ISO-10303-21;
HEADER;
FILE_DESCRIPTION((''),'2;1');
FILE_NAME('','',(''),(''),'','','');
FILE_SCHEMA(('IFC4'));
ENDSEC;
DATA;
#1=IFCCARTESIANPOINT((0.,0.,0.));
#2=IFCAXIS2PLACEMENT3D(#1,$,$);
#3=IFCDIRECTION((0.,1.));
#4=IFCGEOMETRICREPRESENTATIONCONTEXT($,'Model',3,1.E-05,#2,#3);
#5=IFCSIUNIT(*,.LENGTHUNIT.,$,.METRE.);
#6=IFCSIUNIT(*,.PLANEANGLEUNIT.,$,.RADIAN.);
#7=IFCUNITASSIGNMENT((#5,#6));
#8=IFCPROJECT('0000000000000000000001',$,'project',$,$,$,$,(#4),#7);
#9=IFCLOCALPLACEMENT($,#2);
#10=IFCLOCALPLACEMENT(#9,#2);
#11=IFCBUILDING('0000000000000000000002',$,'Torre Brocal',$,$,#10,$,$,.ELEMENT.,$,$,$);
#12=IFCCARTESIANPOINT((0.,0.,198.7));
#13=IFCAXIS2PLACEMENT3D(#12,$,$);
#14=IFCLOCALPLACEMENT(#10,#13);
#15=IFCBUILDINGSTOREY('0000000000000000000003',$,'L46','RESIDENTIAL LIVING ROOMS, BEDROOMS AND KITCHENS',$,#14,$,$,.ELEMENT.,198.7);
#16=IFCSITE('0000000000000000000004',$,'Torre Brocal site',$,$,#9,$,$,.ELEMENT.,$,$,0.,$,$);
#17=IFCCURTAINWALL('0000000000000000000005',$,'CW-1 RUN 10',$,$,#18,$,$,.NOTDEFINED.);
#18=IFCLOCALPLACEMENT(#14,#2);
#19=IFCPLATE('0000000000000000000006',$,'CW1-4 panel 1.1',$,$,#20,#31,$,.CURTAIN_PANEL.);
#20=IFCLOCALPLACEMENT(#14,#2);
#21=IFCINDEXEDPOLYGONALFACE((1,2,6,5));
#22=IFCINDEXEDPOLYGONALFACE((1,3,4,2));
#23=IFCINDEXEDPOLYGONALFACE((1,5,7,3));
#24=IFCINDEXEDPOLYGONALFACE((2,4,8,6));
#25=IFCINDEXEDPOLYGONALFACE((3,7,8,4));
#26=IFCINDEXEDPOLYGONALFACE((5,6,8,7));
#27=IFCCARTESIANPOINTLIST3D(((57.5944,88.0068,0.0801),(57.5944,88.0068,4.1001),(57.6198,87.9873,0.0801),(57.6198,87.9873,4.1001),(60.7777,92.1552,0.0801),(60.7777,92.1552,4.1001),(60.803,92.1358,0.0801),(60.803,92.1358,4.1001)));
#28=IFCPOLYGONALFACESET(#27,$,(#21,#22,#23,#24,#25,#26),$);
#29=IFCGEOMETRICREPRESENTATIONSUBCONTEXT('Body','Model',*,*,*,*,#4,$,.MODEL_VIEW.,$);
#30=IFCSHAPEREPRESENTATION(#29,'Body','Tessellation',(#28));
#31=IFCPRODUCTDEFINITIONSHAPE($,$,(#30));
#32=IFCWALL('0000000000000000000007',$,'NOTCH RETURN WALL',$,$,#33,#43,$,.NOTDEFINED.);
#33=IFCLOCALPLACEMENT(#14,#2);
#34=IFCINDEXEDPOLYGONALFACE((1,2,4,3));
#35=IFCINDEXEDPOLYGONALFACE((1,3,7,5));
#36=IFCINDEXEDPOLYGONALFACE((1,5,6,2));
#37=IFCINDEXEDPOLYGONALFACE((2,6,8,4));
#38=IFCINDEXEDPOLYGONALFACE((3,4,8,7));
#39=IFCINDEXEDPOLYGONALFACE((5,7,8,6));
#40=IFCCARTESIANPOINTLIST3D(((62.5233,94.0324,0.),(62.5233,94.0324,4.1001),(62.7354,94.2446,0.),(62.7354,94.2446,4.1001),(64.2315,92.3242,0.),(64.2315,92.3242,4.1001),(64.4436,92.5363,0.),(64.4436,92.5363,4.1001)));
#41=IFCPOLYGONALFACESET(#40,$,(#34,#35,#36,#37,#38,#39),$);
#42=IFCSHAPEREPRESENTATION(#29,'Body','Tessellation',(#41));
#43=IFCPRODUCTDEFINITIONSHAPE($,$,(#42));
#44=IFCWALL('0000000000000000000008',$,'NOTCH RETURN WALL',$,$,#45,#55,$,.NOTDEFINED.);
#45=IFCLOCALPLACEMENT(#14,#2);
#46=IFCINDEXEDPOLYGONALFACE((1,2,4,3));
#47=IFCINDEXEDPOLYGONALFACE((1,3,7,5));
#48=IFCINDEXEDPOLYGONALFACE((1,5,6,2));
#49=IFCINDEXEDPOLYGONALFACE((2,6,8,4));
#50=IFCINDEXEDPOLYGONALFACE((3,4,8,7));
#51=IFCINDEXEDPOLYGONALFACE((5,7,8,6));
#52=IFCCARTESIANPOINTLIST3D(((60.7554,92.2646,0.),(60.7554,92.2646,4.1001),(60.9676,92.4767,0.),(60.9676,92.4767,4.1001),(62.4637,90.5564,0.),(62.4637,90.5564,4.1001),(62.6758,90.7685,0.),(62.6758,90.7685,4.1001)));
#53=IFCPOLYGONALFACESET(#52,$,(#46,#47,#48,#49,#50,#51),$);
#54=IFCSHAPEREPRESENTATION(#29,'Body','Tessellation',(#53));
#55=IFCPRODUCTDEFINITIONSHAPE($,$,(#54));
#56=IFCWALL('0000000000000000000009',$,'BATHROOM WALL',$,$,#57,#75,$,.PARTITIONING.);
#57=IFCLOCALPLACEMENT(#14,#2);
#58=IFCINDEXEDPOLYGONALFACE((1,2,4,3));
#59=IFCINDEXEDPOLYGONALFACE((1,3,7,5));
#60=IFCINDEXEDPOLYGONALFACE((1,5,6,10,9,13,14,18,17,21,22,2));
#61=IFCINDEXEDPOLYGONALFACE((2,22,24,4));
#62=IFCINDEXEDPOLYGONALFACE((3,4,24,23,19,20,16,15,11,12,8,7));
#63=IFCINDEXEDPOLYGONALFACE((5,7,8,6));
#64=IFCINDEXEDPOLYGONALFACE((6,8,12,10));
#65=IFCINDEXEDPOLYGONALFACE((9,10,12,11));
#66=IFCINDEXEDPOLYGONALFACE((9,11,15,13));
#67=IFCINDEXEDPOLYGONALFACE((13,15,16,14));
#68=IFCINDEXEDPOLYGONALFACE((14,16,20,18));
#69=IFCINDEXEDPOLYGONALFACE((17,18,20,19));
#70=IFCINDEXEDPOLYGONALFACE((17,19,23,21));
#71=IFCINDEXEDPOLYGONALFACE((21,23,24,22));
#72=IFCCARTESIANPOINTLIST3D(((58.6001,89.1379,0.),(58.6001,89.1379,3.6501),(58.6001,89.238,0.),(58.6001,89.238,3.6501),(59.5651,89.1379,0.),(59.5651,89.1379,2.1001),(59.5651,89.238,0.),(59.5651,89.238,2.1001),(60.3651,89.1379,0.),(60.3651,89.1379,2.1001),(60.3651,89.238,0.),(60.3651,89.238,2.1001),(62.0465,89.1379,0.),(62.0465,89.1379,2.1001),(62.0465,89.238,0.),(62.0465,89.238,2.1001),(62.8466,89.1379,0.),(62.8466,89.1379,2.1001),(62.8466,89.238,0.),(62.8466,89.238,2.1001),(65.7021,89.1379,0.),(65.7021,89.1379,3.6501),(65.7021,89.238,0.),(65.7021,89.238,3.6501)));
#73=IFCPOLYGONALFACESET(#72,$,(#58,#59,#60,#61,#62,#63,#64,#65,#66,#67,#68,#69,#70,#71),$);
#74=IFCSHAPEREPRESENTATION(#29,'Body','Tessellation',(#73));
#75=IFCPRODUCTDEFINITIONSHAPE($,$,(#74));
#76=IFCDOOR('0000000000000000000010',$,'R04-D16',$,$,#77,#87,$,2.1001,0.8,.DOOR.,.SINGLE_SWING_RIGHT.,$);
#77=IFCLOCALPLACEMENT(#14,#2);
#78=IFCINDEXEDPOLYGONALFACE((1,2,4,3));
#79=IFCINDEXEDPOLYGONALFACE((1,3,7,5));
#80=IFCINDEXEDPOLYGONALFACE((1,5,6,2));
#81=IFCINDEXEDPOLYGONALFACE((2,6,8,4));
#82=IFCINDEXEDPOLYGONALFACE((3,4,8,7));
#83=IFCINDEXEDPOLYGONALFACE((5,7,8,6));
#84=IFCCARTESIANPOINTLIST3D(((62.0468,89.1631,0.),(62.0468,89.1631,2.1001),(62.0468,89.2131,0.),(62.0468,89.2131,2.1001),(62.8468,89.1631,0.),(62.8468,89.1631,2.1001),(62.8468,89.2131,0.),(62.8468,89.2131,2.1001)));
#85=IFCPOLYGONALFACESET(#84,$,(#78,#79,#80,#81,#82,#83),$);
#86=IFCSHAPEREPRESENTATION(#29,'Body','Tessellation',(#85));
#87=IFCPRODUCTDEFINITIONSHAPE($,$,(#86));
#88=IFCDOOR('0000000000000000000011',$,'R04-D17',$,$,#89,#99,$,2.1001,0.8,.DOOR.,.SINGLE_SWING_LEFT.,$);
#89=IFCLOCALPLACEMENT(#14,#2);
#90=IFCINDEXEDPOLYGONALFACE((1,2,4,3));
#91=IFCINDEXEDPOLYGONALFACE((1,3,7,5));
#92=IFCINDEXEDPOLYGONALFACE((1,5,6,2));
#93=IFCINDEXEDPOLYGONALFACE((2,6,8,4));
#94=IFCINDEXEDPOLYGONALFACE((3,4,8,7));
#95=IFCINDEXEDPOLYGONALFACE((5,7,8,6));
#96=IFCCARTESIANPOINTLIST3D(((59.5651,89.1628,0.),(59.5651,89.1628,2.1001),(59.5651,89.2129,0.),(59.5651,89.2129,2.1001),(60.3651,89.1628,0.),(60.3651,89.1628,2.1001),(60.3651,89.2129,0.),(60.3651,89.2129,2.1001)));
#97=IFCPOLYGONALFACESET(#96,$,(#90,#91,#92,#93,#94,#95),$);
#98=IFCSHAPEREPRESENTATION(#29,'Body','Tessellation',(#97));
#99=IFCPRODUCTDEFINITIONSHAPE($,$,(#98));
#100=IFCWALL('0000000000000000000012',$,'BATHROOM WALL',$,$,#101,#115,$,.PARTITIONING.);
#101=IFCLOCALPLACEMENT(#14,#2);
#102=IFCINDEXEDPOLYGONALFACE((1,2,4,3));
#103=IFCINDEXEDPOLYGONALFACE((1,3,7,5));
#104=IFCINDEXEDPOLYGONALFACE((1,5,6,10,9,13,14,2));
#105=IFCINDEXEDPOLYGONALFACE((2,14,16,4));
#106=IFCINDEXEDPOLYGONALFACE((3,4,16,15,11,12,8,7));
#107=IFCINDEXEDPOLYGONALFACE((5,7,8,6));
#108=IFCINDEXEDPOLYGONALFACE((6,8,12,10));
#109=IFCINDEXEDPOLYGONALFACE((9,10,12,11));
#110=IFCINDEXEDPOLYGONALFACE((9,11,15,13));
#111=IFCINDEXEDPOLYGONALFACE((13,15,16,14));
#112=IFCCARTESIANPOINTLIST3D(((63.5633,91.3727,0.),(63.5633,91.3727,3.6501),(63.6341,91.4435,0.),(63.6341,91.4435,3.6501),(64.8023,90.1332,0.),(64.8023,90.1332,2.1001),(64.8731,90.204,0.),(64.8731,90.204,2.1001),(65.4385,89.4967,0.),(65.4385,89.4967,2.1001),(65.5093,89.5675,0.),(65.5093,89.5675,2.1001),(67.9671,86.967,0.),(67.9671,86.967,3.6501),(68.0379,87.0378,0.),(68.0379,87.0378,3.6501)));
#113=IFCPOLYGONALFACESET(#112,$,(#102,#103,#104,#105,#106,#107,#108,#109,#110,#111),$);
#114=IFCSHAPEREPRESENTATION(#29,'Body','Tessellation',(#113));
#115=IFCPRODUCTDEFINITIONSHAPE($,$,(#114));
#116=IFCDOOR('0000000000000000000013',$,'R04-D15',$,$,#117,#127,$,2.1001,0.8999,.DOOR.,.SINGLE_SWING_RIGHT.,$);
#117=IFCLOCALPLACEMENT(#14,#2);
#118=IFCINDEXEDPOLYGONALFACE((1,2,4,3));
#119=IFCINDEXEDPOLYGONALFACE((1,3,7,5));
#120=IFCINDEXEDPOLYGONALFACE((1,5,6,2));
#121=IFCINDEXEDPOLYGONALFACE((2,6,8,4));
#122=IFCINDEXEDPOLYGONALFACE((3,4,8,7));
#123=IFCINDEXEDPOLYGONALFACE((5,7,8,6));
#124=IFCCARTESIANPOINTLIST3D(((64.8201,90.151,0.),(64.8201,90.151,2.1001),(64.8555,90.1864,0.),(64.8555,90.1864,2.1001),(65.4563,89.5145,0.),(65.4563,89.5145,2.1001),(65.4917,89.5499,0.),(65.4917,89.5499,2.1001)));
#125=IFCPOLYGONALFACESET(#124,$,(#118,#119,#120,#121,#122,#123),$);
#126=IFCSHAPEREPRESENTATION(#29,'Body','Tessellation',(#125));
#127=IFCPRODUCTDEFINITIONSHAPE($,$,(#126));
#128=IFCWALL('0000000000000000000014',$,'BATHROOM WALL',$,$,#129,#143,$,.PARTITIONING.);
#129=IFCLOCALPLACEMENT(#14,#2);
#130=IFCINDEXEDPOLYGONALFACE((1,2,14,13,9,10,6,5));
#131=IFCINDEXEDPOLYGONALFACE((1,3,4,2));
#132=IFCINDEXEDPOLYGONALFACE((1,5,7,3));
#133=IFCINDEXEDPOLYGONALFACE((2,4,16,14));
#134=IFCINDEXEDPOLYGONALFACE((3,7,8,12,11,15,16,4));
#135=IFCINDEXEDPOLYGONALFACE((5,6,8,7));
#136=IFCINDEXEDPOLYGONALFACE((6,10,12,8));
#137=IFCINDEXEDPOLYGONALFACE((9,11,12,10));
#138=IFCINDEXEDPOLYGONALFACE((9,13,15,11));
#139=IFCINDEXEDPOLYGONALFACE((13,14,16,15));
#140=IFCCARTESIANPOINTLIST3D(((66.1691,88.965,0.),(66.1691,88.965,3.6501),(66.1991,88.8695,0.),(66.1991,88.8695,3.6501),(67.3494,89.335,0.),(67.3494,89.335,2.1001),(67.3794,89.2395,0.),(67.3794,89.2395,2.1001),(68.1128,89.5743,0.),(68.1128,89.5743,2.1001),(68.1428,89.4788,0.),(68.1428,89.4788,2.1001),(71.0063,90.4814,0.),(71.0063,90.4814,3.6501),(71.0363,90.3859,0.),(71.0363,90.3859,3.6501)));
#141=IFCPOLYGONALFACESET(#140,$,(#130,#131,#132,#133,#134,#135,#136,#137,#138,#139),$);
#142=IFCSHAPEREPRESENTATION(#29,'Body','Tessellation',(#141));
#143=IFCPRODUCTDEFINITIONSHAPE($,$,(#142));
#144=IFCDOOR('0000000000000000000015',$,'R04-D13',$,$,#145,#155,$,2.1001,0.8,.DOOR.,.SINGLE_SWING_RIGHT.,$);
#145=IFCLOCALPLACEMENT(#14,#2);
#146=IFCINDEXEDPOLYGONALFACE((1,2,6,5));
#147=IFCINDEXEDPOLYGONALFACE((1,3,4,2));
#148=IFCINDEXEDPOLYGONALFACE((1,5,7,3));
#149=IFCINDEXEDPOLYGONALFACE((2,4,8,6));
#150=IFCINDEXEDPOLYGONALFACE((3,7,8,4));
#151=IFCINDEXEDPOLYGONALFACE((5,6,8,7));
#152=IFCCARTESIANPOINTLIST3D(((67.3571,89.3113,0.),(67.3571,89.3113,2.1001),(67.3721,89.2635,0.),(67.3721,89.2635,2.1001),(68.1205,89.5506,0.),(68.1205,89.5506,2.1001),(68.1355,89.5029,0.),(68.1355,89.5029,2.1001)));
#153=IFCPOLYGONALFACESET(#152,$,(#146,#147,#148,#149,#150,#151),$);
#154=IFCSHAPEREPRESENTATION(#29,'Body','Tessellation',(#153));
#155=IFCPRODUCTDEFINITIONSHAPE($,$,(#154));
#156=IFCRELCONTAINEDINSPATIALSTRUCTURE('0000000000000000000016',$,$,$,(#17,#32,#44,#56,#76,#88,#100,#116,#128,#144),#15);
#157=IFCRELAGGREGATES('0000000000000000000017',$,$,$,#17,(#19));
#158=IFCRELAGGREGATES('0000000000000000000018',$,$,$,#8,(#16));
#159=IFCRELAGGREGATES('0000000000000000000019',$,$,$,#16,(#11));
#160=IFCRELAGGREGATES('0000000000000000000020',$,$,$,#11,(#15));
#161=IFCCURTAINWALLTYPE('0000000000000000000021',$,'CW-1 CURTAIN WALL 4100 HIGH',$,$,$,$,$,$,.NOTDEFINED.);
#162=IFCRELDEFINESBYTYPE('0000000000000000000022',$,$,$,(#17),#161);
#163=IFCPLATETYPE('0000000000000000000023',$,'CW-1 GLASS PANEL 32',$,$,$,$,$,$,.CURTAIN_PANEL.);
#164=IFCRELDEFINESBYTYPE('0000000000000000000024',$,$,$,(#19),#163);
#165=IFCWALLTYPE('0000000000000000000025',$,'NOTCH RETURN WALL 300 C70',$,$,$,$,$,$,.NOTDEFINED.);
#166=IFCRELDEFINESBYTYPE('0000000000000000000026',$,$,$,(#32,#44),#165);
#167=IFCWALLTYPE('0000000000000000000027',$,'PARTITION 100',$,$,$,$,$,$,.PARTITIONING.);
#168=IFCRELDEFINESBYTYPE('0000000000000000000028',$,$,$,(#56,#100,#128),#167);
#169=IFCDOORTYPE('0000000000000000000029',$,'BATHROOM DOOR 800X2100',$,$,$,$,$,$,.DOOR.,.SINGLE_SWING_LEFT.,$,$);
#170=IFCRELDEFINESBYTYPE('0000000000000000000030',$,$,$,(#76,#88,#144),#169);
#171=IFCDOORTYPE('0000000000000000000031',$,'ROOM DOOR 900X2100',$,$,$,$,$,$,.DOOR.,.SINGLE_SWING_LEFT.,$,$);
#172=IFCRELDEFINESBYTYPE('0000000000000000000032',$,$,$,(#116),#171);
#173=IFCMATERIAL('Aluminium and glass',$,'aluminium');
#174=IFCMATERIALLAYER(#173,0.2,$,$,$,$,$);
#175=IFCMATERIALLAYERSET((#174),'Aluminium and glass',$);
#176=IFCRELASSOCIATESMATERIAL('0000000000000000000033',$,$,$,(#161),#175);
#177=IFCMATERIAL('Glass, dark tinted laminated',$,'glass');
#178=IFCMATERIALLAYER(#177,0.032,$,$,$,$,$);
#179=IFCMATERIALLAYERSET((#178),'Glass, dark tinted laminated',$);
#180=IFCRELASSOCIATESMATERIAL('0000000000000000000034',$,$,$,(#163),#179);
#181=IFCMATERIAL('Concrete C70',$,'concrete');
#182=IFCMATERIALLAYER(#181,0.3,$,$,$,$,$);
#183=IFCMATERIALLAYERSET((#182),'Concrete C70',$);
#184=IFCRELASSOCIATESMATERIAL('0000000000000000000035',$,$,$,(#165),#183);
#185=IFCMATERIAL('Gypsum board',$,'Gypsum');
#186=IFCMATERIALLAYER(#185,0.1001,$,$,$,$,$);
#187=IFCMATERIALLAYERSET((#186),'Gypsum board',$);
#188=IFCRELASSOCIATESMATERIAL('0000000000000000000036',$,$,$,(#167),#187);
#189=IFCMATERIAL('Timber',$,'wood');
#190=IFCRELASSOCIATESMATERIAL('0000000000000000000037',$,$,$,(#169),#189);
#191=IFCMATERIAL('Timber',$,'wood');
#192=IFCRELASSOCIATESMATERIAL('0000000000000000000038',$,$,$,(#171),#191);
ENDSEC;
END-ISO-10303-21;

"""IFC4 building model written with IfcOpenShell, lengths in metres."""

from ifc_helpers import new_model, si_unit, direction, frame, frame_2d, origin, origin_2d, place, context, subcontext, project, spatial, rectangle, extrude, material, layer, layer_set, type_object, element, fill, aggregate, save


model = new_model("IFC4")

# Units and contexts
model_context = context("Model", 3, precision=1e-05, world=origin(), true_north=direction((0.0, 1.0)))
body_context = subcontext(model_context, "Body", "Model", "MODEL_VIEW")
ifc_project = project(units=[si_unit("LENGTHUNIT", "METRE"), si_unit("PLANEANGLEUNIT", "RADIAN")], contexts=[model_context])

# Site, building, storey
site_placement = place(None, origin())
site = spatial("IfcSite", under=ifc_project, at=site_placement, Name="Torre Brocal site", CompositionType="ELEMENT", RefElevation=0.0)
building_placement = place(site_placement, origin())
building = spatial("IfcBuilding", under=site, at=building_placement, Name="Torre Brocal", CompositionType="ELEMENT")
storey_placement = place(building_placement, frame((0.0, 0.0, 198.7)))
storey = spatial("IfcBuildingStorey", under=building, at=storey_placement, Name="L46", Description="RESIDENTIAL LIVING ROOMS, BEDROOMS AND KITCHENS", CompositionType="ELEMENT", Elevation=198.7)

# Shared definitions
ifc_material_1 = material(Name="Aluminium and glass", Category="aluminium")
ifc_layer_1 = layer(ifc_material_1, 0.2)
ifc_layer_set_1 = layer_set([ifc_layer_1], Name="Aluminium and glass")
curtain_wall_type = type_object("IfcCurtainWallType", Name="CW-1 CURTAIN WALL 4100 HIGH", PredefinedType="NOTDEFINED", material=ifc_layer_set_1)

# Curtain wall
curtain_wall_1_placement = place(storey_placement, origin())
curtain_wall_1 = element("IfcCurtainWall", 1, at=curtain_wall_1_placement, inside=storey, type_object=curtain_wall_type, Name="CW-1 RUN 10", PredefinedType="NOTDEFINED")

# Plate
ifc_material_2 = material(Name="Glass, dark tinted laminated", Category="glass")
ifc_layer_2 = layer(ifc_material_2, 0.032)
ifc_layer_set_2 = layer_set([ifc_layer_2], Name="Glass, dark tinted laminated")
plate_type = type_object("IfcPlateType", Name="CW-1 GLASS PANEL 32", PredefinedType="CURTAIN_PANEL", material=ifc_layer_set_2)
plate_1_placement = place(storey_placement, frame((59.1987, 90.0713, 0.0801), z_axis=(0.0, 0.0, 1.0), x_axis=(-0.608761, -0.793353, 0.0)))
plate_1 = element("IfcPlate", 2, at=plate_1_placement, type_object=plate_type, Name="CW1-4 panel 1.1", PredefinedType="CURTAIN_PANEL", context=body_context, shape_type="SweptSolid", body=[
    extrude(rectangle(XDim=5.229, YDim=0.032, at=origin_2d()), origin(), (0.0, 0.0, 1.0), 4.02),
])
aggregate(curtain_wall_1, [plate_1])

# Walls
ifc_material_3 = material(Name="Concrete C70", Category="concrete")
ifc_layer_3 = layer(ifc_material_3, 0.3)
ifc_layer_set_3 = layer_set([ifc_layer_3], Name="Concrete C70")
wall_type_1 = type_object("IfcWallType", Name="NOTCH RETURN WALL 300 C70", PredefinedType="NOTDEFINED", material=ifc_layer_set_3)
for number, where, z_axis, x_axis, name in (
    (3, (64.3376, 92.4302, 0.0), (0.0, 0.0, 1.0), (-0.707107, 0.707107, 0.0), "NOTCH RETURN WALL"),
    (4, (62.5698, 90.6624, 0.0), (0.0, 0.0, 1.0), (-0.707107, 0.707107, 0.0), "NOTCH RETURN WALL"),
):
    element("IfcWall", number, at=place(storey_placement, frame(where, z_axis=z_axis, x_axis=x_axis)), inside=storey, type_object=wall_type_1, Name=name, PredefinedType="NOTDEFINED", context=body_context, shape_type="SweptSolid", body=[
        extrude(rectangle(XDim=2.4158, YDim=0.3, at=frame_2d((1.208, 0.0))), origin(), (0.0, 0.0, 1.0), 4.1001),
    ])

# Wall, openings, doors
ifc_material_4 = material(Name="Gypsum board", Category="Gypsum")
ifc_layer_4 = layer(ifc_material_4, 0.1001)
ifc_layer_set_4 = layer_set([ifc_layer_4], Name="Gypsum board")
wall_type_2 = type_object("IfcWallType", Name="PARTITION 100", PredefinedType="PARTITIONING", material=ifc_layer_set_4)
wall_1_placement = place(storey_placement, frame((58.6001, 89.188, 0.0), z_axis=(0.0, 0.0, 1.0), x_axis=(1.0, 0.0, 0.0)))
wall_1 = element("IfcWall", 5, at=wall_1_placement, inside=storey, type_object=wall_type_2, Name="BATHROOM WALL", PredefinedType="PARTITIONING", context=body_context, shape_type="SweptSolid", body=[
    extrude(rectangle(XDim=7.1021, YDim=0.1001, at=frame_2d((3.551, 0.0))), origin(), (0.0, 0.0, 1.0), 3.6501),
])
opening_1_placement = place(wall_1_placement, frame((3.4465, 0.0, 0.0)))
opening_1 = element("IfcOpeningElement", 6, at=opening_1_placement, cuts=wall_1, PredefinedType="OPENING", context=body_context, shape_type="SweptSolid", body=[
    extrude(rectangle(XDim=0.8, YDim=2.1001, at=frame_2d((0.3999, 1.05))), frame((0.0, 0.0601, 0.0), z_axis=(0.0, -1.0, 0.0), x_axis=(1.0, 0.0, 0.0)), (0.0, 0.0, 1.0), 0.1201),
])
opening_2_placement = place(wall_1_placement, frame((0.9651, 0.0, 0.0)))
opening_2 = element("IfcOpeningElement", 7, at=opening_2_placement, cuts=wall_1, PredefinedType="OPENING", context=body_context, shape_type="SweptSolid", body=[
    extrude(rectangle(XDim=0.8, YDim=2.1001, at=frame_2d((0.3999, 1.05))), frame((0.0, 0.0601, 0.0), z_axis=(0.0, -1.0, 0.0), x_axis=(1.0, 0.0, 0.0)), (0.0, 0.0, 1.0), 0.1201),
])
ifc_material_5 = material(Name="Timber", Category="wood")
door_type_1 = type_object("IfcDoorType", Name="BATHROOM DOOR 800X2100", OperationType="SINGLE_SWING_LEFT", PredefinedType="DOOR", material=ifc_material_5)
door_1_placement = place(opening_1_placement, frame((0.8, 0.0, 0.0), z_axis=(0.0, 0.0, 1.0), x_axis=(-1.0, 0.0, 0.0)))
door_1 = element("IfcDoor", 8, at=door_1_placement, inside=storey, type_object=door_type_1, Name="R04-D16", OperationType="SINGLE_SWING_RIGHT", OverallHeight=2.1001, OverallWidth=0.8, PredefinedType="DOOR", context=body_context, shape_type="SweptSolid", body=[
    extrude(rectangle(XDim=0.8, YDim=2.1001, at=frame_2d((0.3999, 1.05))), frame((0.0, 0.0249, 0.0), z_axis=(0.0, -1.0, 0.0), x_axis=(1.0, 0.0, 0.0)), (0.0, 0.0, 1.0), 0.05),
])
fill(opening_1, door_1)
door_2_placement = place(opening_2_placement, origin())
door_2 = element("IfcDoor", 9, at=door_2_placement, inside=storey, type_object=door_type_1, Name="R04-D17", OperationType="SINGLE_SWING_LEFT", OverallHeight=2.1001, OverallWidth=0.8, PredefinedType="DOOR", context=body_context, shape_type="SweptSolid", body=[
    extrude(rectangle(XDim=0.8, YDim=2.1001, at=frame_2d((0.3999, 1.05))), frame((0.0, 0.0249, 0.0), z_axis=(0.0, -1.0, 0.0), x_axis=(1.0, 0.0, 0.0)), (0.0, 0.0, 1.0), 0.05),
])
fill(opening_2, door_2)

# Walls, openings, doors
wall_2_placement = place(storey_placement, frame((63.5986, 91.4082, 0.0), z_axis=(0.0, 0.0, 1.0), x_axis=(0.70695, -0.707264, 0.0)))
wall_2 = element("IfcWall", 10, at=wall_2_placement, inside=storey, type_object=wall_type_2, Name="BATHROOM WALL", PredefinedType="PARTITIONING", context=body_context, shape_type="SweptSolid", body=[
    extrude(rectangle(XDim=6.2292, YDim=0.1001, at=frame_2d((3.1147, 0.0))), origin(), (0.0, 0.0, 1.0), 3.6501),
])
opening_3_placement = place(wall_2_placement, frame((1.7527, 0.0, 0.0)))
opening_3 = element("IfcOpeningElement", 11, at=opening_3_placement, cuts=wall_2, PredefinedType="OPENING", context=body_context, shape_type="SweptSolid", body=[
    extrude(rectangle(XDim=0.8999, YDim=2.1001, at=frame_2d((0.45, 1.05))), frame((0.0, 0.0601, 0.0), z_axis=(0.0, -1.0, 0.0), x_axis=(1.0, 0.0, 0.0)), (0.0, 0.0, 1.0), 0.1201),
])
ifc_material_6 = material(Name="Timber", Category="wood")
door_type_2 = type_object("IfcDoorType", Name="ROOM DOOR 900X2100", OperationType="SINGLE_SWING_LEFT", PredefinedType="DOOR", material=ifc_material_6)
door_3_placement = place(opening_3_placement, frame((0.8999, 0.0, 0.0), z_axis=(0.0, 0.0, 1.0), x_axis=(-1.0, 0.0, 0.0)))
door_3 = element("IfcDoor", 12, at=door_3_placement, inside=storey, type_object=door_type_2, Name="R04-D15", OperationType="SINGLE_SWING_RIGHT", OverallHeight=2.1001, OverallWidth=0.8999, PredefinedType="DOOR", context=body_context, shape_type="SweptSolid", body=[
    extrude(rectangle(XDim=0.8999, YDim=2.1001, at=frame_2d((0.45, 1.05))), frame((0.0, 0.0249, 0.0), z_axis=(0.0, -1.0, 0.0), x_axis=(1.0, 0.0, 0.0)), (0.0, 0.0, 1.0), 0.05),
])
fill(opening_3, door_3)
wall_3_placement = place(storey_placement, frame((66.1841, 88.9172, 0.0), z_axis=(0.0, 0.0, 1.0), x_axis=(0.954213, 0.299128, 0.0)))
wall_3 = element("IfcWall", 13, at=wall_3_placement, inside=storey, type_object=wall_type_2, Name="BATHROOM WALL", PredefinedType="PARTITIONING", context=body_context, shape_type="SweptSolid", body=[
    extrude(rectangle(XDim=5.0693, YDim=0.1001, at=frame_2d((2.5347, 0.0))), origin(), (0.0, 0.0, 1.0), 3.6501),
])
opening_4_placement = place(wall_3_placement, frame((1.2371, 0.0, 0.0)))
opening_4 = element("IfcOpeningElement", 14, at=opening_4_placement, cuts=wall_3, PredefinedType="OPENING", context=body_context, shape_type="SweptSolid", body=[
    extrude(rectangle(XDim=0.8, YDim=2.1001, at=frame_2d((0.3999, 1.05))), frame((0.0, 0.0601, 0.0), z_axis=(0.0, -1.0, 0.0), x_axis=(1.0, 0.0, 0.0)), (0.0, 0.0, 1.0), 0.1201),
])
door_4_placement = place(opening_4_placement, frame((0.8, 0.0, 0.0), z_axis=(0.0, 0.0, 1.0), x_axis=(-1.0, 0.0, 0.0)))
door_4 = element("IfcDoor", 15, at=door_4_placement, inside=storey, type_object=door_type_1, Name="R04-D13", OperationType="SINGLE_SWING_RIGHT", OverallHeight=2.1001, OverallWidth=0.8, PredefinedType="DOOR", context=body_context, shape_type="SweptSolid", body=[
    extrude(rectangle(XDim=0.8, YDim=2.1001, at=frame_2d((0.3999, 1.05))), frame((0.0, 0.0249, 0.0), z_axis=(0.0, -1.0, 0.0), x_axis=(1.0, 0.0, 0.0)), (0.0, 0.0, 1.0), 0.05),
])
fill(opening_4, door_4)

save(model, "model.ifc")
